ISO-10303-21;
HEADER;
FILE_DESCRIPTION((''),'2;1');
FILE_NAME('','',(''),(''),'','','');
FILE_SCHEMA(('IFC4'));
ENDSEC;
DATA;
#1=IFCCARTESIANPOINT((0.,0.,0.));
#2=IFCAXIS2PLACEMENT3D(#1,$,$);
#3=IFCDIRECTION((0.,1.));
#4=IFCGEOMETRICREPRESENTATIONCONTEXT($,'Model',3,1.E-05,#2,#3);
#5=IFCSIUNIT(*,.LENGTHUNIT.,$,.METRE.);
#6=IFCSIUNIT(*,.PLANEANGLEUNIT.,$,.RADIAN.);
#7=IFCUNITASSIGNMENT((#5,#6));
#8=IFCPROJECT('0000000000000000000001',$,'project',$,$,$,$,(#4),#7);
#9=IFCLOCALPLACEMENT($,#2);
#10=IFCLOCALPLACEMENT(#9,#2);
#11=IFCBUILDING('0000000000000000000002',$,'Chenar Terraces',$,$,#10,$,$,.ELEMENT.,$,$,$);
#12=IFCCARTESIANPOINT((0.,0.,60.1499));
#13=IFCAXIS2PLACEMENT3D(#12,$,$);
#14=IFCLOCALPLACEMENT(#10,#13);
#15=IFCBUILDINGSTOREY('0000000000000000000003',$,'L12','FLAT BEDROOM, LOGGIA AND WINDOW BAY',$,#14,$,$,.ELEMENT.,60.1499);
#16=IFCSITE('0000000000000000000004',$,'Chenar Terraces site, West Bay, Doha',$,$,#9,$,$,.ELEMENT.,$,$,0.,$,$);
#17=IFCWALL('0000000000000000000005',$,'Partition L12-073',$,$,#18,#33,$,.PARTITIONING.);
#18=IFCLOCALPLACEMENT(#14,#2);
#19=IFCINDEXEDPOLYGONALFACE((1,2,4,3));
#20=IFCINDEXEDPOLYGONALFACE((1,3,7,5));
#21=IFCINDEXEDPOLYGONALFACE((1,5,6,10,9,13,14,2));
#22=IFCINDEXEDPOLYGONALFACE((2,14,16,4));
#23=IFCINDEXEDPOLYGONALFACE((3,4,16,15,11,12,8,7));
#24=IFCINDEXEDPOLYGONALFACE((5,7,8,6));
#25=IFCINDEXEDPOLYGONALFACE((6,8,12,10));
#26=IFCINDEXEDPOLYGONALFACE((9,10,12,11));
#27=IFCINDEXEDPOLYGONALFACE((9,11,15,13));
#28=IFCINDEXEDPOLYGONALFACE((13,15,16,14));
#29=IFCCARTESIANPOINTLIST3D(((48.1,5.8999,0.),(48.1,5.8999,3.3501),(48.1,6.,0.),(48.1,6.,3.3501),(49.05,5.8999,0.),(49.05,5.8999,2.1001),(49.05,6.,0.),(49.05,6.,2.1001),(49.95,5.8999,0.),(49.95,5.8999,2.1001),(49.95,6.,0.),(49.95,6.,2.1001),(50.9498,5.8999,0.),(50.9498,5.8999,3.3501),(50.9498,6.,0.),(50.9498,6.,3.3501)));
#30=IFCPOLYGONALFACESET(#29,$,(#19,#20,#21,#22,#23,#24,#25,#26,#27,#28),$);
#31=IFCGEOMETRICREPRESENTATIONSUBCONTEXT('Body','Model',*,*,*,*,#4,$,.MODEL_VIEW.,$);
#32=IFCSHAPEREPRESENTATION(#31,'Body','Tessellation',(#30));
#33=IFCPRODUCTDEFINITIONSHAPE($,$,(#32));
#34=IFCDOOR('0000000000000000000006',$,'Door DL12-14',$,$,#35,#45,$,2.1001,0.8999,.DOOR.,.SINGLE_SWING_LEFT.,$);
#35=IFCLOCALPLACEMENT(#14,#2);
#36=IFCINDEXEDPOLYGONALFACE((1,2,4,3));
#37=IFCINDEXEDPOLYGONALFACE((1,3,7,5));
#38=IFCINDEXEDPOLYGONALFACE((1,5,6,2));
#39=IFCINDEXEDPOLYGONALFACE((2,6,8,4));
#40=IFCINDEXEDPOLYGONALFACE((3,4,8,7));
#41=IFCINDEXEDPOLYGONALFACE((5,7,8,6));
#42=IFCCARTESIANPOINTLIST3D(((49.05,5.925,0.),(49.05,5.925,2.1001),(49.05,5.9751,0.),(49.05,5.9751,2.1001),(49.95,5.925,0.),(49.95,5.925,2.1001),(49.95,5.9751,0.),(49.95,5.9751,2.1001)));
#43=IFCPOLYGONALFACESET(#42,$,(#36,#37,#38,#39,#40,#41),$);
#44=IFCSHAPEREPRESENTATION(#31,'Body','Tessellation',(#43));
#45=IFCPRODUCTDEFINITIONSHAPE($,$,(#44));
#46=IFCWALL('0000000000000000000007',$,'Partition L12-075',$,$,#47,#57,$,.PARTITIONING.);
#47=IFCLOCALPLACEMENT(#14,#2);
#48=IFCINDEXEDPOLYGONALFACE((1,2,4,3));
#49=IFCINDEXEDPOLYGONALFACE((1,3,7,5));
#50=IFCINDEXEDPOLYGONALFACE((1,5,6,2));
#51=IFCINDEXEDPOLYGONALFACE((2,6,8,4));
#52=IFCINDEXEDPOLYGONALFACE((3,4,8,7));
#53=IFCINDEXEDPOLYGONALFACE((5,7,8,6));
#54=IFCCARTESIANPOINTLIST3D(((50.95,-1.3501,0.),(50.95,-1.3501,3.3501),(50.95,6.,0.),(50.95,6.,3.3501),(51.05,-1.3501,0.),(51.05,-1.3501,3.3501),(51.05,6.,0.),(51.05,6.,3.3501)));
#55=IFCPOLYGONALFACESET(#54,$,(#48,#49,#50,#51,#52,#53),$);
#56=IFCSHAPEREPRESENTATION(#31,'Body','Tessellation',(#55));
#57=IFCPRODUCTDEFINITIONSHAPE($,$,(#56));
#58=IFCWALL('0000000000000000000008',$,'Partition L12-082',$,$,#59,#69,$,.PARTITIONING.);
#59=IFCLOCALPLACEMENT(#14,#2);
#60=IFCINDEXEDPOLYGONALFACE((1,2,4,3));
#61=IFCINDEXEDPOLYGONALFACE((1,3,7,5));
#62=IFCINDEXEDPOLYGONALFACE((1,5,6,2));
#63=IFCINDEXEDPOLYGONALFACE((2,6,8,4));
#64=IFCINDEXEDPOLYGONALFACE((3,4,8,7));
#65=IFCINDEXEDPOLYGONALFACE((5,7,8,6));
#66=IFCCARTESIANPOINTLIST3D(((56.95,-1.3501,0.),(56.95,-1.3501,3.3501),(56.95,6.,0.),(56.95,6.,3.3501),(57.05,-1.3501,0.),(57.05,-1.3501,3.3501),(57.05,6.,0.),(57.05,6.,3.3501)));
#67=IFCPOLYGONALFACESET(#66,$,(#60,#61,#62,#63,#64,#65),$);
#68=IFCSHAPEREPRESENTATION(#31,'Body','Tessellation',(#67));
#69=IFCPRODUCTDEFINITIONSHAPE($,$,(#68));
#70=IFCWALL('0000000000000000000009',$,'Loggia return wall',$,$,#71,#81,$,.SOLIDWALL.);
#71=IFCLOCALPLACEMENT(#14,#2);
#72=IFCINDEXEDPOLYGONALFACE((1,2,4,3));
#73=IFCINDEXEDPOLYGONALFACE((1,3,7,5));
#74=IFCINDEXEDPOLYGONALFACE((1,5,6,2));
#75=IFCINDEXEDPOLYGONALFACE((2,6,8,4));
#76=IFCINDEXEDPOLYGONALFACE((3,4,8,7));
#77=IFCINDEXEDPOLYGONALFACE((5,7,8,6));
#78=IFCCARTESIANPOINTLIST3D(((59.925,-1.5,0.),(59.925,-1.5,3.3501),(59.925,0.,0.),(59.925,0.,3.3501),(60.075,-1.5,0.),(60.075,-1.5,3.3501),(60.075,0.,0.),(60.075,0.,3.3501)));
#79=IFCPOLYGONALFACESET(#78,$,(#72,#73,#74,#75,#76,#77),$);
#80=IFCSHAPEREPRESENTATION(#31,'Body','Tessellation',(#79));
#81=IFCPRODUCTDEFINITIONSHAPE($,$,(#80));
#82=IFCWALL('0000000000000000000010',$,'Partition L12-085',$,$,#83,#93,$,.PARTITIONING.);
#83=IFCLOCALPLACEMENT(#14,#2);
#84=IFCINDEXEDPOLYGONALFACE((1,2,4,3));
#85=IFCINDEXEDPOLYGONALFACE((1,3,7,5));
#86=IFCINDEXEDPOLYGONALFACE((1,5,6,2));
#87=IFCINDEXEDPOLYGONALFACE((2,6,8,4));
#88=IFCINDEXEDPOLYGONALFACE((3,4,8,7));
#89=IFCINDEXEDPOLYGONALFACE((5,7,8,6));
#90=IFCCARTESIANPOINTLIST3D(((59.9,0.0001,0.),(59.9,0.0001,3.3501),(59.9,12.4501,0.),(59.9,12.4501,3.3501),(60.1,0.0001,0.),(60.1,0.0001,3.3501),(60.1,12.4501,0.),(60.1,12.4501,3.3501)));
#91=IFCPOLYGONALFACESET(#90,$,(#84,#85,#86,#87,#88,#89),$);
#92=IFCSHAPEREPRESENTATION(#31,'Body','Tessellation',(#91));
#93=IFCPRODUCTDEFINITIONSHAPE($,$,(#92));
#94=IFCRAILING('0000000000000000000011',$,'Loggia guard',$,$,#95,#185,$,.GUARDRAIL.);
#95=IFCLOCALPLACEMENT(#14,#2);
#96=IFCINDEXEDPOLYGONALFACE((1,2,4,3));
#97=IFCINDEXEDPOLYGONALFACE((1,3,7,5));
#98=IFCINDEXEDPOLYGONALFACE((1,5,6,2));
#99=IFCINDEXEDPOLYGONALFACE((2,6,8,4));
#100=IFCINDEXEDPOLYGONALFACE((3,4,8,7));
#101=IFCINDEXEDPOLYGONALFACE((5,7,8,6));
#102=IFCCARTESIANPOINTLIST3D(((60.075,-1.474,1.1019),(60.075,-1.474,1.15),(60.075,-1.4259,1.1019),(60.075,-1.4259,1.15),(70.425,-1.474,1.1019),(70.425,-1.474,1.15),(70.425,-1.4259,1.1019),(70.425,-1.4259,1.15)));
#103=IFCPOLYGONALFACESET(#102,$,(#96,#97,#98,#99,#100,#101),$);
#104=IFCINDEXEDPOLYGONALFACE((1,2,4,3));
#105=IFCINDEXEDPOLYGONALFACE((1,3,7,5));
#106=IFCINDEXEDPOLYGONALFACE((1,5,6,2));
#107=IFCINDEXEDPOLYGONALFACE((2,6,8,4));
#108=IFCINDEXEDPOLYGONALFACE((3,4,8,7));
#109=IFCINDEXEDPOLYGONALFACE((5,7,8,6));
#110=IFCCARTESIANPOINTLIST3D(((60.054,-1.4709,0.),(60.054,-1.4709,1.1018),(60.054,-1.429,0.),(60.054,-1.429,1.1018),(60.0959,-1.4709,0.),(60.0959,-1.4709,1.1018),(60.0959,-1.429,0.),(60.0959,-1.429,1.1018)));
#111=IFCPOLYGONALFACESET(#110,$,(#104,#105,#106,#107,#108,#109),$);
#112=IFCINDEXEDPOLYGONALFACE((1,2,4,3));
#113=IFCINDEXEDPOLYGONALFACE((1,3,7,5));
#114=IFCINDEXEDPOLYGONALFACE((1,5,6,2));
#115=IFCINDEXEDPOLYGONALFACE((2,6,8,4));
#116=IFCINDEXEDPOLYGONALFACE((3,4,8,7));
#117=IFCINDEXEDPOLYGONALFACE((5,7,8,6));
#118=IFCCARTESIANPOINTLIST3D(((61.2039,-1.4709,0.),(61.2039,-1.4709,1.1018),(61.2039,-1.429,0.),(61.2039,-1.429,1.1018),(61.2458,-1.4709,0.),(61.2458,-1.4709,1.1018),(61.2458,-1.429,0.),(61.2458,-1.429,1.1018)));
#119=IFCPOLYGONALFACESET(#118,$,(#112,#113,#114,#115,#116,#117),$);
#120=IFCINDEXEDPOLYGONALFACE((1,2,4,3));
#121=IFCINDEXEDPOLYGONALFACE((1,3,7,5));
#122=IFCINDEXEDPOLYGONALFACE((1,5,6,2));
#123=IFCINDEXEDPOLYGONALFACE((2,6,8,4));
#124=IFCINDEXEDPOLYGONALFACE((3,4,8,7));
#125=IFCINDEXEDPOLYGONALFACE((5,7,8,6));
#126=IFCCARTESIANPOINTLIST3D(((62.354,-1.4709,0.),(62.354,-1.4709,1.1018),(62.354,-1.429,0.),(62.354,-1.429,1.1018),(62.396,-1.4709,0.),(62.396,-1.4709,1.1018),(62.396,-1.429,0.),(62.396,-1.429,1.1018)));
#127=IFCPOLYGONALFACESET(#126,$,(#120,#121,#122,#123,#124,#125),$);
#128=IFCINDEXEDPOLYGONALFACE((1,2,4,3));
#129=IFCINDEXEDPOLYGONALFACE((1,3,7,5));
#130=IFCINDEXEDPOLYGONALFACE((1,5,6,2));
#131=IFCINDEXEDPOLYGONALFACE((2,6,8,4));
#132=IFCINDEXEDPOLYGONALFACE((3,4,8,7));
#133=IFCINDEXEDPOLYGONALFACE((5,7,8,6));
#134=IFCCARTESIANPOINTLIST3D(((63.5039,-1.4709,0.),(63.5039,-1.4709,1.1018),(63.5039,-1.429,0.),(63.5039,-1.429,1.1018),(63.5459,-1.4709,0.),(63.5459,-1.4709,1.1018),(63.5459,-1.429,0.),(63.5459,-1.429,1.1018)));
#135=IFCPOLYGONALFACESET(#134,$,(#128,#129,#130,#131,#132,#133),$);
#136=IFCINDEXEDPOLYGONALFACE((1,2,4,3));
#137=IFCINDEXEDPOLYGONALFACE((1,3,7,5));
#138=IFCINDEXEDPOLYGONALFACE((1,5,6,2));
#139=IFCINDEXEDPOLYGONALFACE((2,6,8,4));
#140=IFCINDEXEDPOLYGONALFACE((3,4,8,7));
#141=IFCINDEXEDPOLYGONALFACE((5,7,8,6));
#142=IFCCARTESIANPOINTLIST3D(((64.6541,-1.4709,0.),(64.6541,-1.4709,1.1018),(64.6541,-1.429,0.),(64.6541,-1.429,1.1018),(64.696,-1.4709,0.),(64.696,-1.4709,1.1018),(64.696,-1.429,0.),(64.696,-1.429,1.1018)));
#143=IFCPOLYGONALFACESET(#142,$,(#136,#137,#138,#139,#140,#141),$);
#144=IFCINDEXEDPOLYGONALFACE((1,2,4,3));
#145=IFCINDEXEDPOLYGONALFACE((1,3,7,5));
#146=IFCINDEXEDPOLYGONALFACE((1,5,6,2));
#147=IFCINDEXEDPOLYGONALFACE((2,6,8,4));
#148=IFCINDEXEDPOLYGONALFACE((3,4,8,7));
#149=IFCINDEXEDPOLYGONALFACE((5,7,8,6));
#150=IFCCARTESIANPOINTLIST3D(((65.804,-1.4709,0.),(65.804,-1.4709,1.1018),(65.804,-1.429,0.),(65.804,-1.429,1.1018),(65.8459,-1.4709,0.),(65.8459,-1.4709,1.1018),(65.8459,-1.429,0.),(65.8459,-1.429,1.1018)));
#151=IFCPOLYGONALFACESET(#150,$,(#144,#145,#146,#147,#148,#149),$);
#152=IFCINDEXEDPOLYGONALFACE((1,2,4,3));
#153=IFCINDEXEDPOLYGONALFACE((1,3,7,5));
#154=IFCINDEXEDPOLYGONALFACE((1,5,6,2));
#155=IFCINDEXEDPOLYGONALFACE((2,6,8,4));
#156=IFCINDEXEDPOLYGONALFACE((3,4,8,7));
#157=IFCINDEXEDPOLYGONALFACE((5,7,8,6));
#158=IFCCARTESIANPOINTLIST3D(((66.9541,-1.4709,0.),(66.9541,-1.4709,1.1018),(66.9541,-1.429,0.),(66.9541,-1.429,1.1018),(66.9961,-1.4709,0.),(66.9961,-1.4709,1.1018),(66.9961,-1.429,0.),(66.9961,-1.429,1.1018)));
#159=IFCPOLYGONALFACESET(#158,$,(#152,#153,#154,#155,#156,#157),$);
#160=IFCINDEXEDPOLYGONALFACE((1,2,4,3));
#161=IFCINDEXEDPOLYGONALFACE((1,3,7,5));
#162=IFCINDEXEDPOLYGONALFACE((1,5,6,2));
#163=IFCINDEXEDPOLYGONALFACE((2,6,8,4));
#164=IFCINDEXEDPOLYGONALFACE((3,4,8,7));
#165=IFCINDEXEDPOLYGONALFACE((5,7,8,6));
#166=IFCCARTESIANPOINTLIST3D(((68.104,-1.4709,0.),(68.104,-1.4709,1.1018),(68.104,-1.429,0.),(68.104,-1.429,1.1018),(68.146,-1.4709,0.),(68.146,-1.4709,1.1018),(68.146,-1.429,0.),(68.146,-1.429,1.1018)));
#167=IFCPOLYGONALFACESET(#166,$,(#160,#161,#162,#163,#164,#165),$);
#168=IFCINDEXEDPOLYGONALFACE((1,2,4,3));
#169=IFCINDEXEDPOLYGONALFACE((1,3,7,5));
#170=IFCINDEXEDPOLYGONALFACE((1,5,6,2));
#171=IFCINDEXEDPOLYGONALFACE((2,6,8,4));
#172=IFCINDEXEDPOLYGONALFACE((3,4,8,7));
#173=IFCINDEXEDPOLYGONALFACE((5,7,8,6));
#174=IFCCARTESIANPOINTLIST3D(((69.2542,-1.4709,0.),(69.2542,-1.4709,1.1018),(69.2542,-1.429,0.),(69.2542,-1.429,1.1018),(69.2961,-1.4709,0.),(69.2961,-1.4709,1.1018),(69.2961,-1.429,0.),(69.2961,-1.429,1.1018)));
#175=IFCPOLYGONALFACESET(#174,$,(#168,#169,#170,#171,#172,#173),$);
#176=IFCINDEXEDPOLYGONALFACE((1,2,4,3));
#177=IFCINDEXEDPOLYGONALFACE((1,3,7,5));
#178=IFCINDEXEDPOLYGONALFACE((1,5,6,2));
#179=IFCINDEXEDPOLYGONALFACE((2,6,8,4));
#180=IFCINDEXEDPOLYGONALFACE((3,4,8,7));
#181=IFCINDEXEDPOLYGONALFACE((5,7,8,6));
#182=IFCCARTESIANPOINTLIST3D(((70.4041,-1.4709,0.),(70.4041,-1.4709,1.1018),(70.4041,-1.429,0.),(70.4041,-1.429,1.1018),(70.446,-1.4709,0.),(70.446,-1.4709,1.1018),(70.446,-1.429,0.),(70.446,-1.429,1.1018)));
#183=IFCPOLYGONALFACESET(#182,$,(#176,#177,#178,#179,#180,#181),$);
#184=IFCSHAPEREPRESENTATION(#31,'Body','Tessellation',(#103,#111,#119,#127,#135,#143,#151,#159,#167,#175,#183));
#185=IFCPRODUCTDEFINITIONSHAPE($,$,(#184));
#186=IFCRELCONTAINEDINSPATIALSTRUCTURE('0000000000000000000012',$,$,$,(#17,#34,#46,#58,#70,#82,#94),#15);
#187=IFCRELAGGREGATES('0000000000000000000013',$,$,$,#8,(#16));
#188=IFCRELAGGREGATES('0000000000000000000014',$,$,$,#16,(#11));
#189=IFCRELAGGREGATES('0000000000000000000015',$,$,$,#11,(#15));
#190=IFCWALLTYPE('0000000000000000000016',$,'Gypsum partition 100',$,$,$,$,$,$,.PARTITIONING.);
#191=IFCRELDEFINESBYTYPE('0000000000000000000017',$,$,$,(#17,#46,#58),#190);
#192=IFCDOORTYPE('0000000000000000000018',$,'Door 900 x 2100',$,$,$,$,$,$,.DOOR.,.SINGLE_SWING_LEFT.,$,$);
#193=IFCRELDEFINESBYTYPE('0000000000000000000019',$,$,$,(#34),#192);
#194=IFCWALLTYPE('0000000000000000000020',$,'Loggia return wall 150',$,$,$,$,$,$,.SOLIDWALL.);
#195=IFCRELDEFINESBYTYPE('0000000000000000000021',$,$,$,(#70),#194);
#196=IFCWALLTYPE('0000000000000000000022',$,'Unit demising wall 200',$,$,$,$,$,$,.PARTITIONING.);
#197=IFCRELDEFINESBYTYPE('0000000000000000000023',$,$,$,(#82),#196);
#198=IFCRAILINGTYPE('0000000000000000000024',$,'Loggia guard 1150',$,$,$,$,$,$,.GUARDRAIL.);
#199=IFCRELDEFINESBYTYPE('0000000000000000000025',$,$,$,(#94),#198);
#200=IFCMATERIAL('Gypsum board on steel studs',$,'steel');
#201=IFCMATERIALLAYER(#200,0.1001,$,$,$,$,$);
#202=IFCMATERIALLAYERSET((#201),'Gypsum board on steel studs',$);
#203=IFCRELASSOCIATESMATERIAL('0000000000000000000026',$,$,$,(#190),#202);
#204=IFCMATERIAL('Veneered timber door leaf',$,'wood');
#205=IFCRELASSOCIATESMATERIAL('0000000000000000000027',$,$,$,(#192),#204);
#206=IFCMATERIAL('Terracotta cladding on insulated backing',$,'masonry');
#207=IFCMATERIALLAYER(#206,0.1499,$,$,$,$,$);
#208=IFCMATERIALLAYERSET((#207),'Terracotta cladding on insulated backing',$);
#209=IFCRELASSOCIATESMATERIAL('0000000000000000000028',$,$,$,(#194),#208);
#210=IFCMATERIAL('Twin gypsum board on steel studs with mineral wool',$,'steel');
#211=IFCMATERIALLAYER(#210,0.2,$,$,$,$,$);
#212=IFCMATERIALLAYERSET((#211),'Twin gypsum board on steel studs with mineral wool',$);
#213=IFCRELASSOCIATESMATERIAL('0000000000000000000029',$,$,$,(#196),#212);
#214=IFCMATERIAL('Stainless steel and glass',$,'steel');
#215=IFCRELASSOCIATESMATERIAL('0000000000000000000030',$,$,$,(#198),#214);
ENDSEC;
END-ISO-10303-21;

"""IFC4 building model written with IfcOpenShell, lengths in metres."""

from ifc_helpers import new_model, si_unit, direction, frame, frame_2d, origin, origin_2d, place, context, subcontext, project, spatial, rectangle, extrude, material, layer, layer_set, type_object, element, fill, save


model = new_model("IFC4")

# Units and contexts
model_context = context("Model", 3, precision=1e-05, world=origin(), true_north=direction((0.0, 1.0)))
body_context = subcontext(model_context, "Body", "Model", "MODEL_VIEW")
ifc_project = project(units=[si_unit("LENGTHUNIT", "METRE"), si_unit("PLANEANGLEUNIT", "RADIAN")], contexts=[model_context])

# Site, building, storey
site_placement = place(None, origin())
site = spatial("IfcSite", under=ifc_project, at=site_placement, Name="Chenar Terraces site, West Bay, Doha", CompositionType="ELEMENT", RefElevation=0.0)
building_placement = place(site_placement, origin())
building = spatial("IfcBuilding", under=site, at=building_placement, Name="Chenar Terraces", CompositionType="ELEMENT")
storey_placement = place(building_placement, frame((0.0, 0.0, 60.1499)))
storey = spatial("IfcBuildingStorey", under=building, at=storey_placement, Name="L12", Description="FLAT BEDROOM, LOGGIA AND WINDOW BAY", CompositionType="ELEMENT", Elevation=60.1499)

# Wall, opening, door
ifc_material_1 = material(Name="Gypsum board on steel studs", Category="steel")
ifc_layer_1 = layer(ifc_material_1, 0.1001)
ifc_layer_set_1 = layer_set([ifc_layer_1], Name="Gypsum board on steel studs")
wall_type_1 = type_object("IfcWallType", Name="Gypsum partition 100", PredefinedType="PARTITIONING", material=ifc_layer_set_1)
wall_1_placement = place(storey_placement, frame((48.1001, 5.95, 0.0), z_axis=(0.0, 0.0, 1.0), x_axis=(1.0, 0.0, 0.0)))
wall_1 = element("IfcWall", 1, at=wall_1_placement, inside=storey, type_object=wall_type_1, Name="Partition L12-073", PredefinedType="PARTITIONING", context=body_context, shape_type="SweptSolid", body=[
    extrude(rectangle(XDim=2.8499, YDim=0.1001, at=frame_2d((1.4248, 0.0))), origin(), (0.0, 0.0, 1.0), 3.3501),
])
opening_1_placement = place(wall_1_placement, frame((0.95, 0.0, 0.0)))
opening_1 = element("IfcOpeningElement", 2, at=opening_1_placement, cuts=wall_1, PredefinedType="OPENING", context=body_context, shape_type="SweptSolid", body=[
    extrude(rectangle(XDim=0.8999, YDim=2.1001, at=frame_2d((0.45, 1.05))), frame((0.0, 0.0601, 0.0), z_axis=(0.0, -1.0, 0.0), x_axis=(1.0, 0.0, 0.0)), (0.0, 0.0, 1.0), 0.1201),
])
ifc_material_2 = material(Name="Veneered timber door leaf", Category="wood")
door_type_1 = type_object("IfcDoorType", Name="Door 900 x 2100", OperationType="SINGLE_SWING_LEFT", PredefinedType="DOOR", material=ifc_material_2)
door_1_placement = place(opening_1_placement, frame((0.8999, 0.0, 0.0), z_axis=(0.0, 0.0, 1.0), x_axis=(-1.0, 0.0, 0.0)))
door_1 = element("IfcDoor", 3, at=door_1_placement, inside=storey, type_object=door_type_1, Name="Door DL12-14", OperationType="SINGLE_SWING_LEFT", OverallHeight=2.1001, OverallWidth=0.8999, PredefinedType="DOOR", context=body_context, shape_type="SweptSolid", body=[
    extrude(rectangle(XDim=0.8999, YDim=2.1001, at=frame_2d((0.45, 1.05))), frame((0.0, 0.0249, 0.0), z_axis=(0.0, -1.0, 0.0), x_axis=(1.0, 0.0, 0.0)), (0.0, 0.0, 1.0), 0.05),
])
fill(opening_1, door_1)

# Walls
for number, where, z_axis, x_axis, name in (
    (4, (51.0, -1.3501, 0.0), (0.0, 0.0, 1.0), (0.0, 1.0, 0.0), "Partition L12-075"),
    (5, (57.0, -1.3501, 0.0), (0.0, 0.0, 1.0), (0.0, 1.0, 0.0), "Partition L12-082"),
):
    element("IfcWall", number, at=place(storey_placement, frame(where, z_axis=z_axis, x_axis=x_axis)), inside=storey, type_object=wall_type_1, Name=name, PredefinedType="PARTITIONING", context=body_context, shape_type="SweptSolid", body=[
        extrude(rectangle(XDim=7.3501, YDim=0.1001, at=frame_2d((3.675, 0.0))), origin(), (0.0, 0.0, 1.0), 3.3501),
    ])
ifc_material_3 = material(Name="Terracotta cladding on insulated backing", Category="masonry")
ifc_layer_2 = layer(ifc_material_3, 0.1499)
ifc_layer_set_2 = layer_set([ifc_layer_2], Name="Terracotta cladding on insulated backing")
wall_type_2 = type_object("IfcWallType", Name="Loggia return wall 150", PredefinedType="SOLIDWALL", material=ifc_layer_set_2)
wall_2_placement = place(storey_placement, frame((60.0, -1.5, 0.0), z_axis=(0.0, 0.0, 1.0), x_axis=(0.0, 1.0, 0.0)))
element("IfcWall", 6, at=wall_2_placement, inside=storey, type_object=wall_type_2, Name="Loggia return wall", PredefinedType="SOLIDWALL", context=body_context, shape_type="SweptSolid", body=[
    extrude(rectangle(XDim=1.5, YDim=0.1499, at=frame_2d((0.75, 0.0))), origin(), (0.0, 0.0, 1.0), 3.3501),
])
ifc_material_4 = material(Name="Twin gypsum board on steel studs with mineral wool", Category="steel")
ifc_layer_3 = layer(ifc_material_4, 0.2)
ifc_layer_set_3 = layer_set([ifc_layer_3], Name="Twin gypsum board on steel studs with mineral wool")
wall_type_3 = type_object("IfcWallType", Name="Unit demising wall 200", PredefinedType="PARTITIONING", material=ifc_layer_set_3)
wall_3_placement = place(storey_placement, frame((60.0, 0.0, 0.0), z_axis=(0.0, 0.0, 1.0), x_axis=(0.0, 1.0, 0.0)))
element("IfcWall", 7, at=wall_3_placement, inside=storey, type_object=wall_type_3, Name="Partition L12-085", PredefinedType="PARTITIONING", context=body_context, shape_type="SweptSolid", body=[
    extrude(rectangle(XDim=12.45, YDim=0.2, at=frame_2d((6.2251, 0.0))), origin(), (0.0, 0.0, 1.0), 3.3501),
])

# Railing
ifc_material_5 = material(Name="Stainless steel and glass", Category="steel")
railing_type = type_object("IfcRailingType", Name="Loggia guard 1150", PredefinedType="GUARDRAIL", material=ifc_material_5)
railing_placement = place(storey_placement, frame((60.075, -1.45, 0.0)))
element("IfcRailing", 8, at=railing_placement, inside=storey, type_object=railing_type, Name="Loggia guard", PredefinedType="GUARDRAIL", context=body_context, shape_type="SweptSolid", body=[
    extrude(rectangle(XDim=0.0481, YDim=0.0481, at=origin_2d()), frame((0.0, 0.0, 1.126), z_axis=(1.0, 0.0, 0.0), x_axis=(0.0, 1.0, 0.0)), (0.0, 0.0, 1.0), 10.3501),
    extrude(rectangle(XDim=0.042, YDim=0.042, at=origin_2d()), origin(), (0.0, 0.0, 1.0), 1.1018),
    extrude(rectangle(XDim=0.042, YDim=0.042, at=origin_2d()), frame((1.1499, 0.0, 0.0)), (0.0, 0.0, 1.0), 1.1018),
    extrude(rectangle(XDim=0.042, YDim=0.042, at=origin_2d()), frame((2.3, 0.0, 0.0)), (0.0, 0.0, 1.0), 1.1018),
    extrude(rectangle(XDim=0.042, YDim=0.042, at=origin_2d()), frame((3.45, 0.0, 0.0)), (0.0, 0.0, 1.0), 1.1018),
    extrude(rectangle(XDim=0.042, YDim=0.042, at=origin_2d()), frame((4.6001, 0.0, 0.0)), (0.0, 0.0, 1.0), 1.1018),
    extrude(rectangle(XDim=0.042, YDim=0.042, at=origin_2d()), frame((5.75, 0.0, 0.0)), (0.0, 0.0, 1.0), 1.1018),
    extrude(rectangle(XDim=0.042, YDim=0.042, at=origin_2d()), frame((6.9001, 0.0, 0.0)), (0.0, 0.0, 1.0), 1.1018),
    extrude(rectangle(XDim=0.042, YDim=0.042, at=origin_2d()), frame((8.05, 0.0, 0.0)), (0.0, 0.0, 1.0), 1.1018),
    extrude(rectangle(XDim=0.042, YDim=0.042, at=origin_2d()), frame((9.2002, 0.0, 0.0)), (0.0, 0.0, 1.0), 1.1018),
    extrude(rectangle(XDim=0.042, YDim=0.042, at=origin_2d()), frame((10.3501, 0.0, 0.0)), (0.0, 0.0, 1.0), 1.1018),
])

save(model, "model.ifc")
